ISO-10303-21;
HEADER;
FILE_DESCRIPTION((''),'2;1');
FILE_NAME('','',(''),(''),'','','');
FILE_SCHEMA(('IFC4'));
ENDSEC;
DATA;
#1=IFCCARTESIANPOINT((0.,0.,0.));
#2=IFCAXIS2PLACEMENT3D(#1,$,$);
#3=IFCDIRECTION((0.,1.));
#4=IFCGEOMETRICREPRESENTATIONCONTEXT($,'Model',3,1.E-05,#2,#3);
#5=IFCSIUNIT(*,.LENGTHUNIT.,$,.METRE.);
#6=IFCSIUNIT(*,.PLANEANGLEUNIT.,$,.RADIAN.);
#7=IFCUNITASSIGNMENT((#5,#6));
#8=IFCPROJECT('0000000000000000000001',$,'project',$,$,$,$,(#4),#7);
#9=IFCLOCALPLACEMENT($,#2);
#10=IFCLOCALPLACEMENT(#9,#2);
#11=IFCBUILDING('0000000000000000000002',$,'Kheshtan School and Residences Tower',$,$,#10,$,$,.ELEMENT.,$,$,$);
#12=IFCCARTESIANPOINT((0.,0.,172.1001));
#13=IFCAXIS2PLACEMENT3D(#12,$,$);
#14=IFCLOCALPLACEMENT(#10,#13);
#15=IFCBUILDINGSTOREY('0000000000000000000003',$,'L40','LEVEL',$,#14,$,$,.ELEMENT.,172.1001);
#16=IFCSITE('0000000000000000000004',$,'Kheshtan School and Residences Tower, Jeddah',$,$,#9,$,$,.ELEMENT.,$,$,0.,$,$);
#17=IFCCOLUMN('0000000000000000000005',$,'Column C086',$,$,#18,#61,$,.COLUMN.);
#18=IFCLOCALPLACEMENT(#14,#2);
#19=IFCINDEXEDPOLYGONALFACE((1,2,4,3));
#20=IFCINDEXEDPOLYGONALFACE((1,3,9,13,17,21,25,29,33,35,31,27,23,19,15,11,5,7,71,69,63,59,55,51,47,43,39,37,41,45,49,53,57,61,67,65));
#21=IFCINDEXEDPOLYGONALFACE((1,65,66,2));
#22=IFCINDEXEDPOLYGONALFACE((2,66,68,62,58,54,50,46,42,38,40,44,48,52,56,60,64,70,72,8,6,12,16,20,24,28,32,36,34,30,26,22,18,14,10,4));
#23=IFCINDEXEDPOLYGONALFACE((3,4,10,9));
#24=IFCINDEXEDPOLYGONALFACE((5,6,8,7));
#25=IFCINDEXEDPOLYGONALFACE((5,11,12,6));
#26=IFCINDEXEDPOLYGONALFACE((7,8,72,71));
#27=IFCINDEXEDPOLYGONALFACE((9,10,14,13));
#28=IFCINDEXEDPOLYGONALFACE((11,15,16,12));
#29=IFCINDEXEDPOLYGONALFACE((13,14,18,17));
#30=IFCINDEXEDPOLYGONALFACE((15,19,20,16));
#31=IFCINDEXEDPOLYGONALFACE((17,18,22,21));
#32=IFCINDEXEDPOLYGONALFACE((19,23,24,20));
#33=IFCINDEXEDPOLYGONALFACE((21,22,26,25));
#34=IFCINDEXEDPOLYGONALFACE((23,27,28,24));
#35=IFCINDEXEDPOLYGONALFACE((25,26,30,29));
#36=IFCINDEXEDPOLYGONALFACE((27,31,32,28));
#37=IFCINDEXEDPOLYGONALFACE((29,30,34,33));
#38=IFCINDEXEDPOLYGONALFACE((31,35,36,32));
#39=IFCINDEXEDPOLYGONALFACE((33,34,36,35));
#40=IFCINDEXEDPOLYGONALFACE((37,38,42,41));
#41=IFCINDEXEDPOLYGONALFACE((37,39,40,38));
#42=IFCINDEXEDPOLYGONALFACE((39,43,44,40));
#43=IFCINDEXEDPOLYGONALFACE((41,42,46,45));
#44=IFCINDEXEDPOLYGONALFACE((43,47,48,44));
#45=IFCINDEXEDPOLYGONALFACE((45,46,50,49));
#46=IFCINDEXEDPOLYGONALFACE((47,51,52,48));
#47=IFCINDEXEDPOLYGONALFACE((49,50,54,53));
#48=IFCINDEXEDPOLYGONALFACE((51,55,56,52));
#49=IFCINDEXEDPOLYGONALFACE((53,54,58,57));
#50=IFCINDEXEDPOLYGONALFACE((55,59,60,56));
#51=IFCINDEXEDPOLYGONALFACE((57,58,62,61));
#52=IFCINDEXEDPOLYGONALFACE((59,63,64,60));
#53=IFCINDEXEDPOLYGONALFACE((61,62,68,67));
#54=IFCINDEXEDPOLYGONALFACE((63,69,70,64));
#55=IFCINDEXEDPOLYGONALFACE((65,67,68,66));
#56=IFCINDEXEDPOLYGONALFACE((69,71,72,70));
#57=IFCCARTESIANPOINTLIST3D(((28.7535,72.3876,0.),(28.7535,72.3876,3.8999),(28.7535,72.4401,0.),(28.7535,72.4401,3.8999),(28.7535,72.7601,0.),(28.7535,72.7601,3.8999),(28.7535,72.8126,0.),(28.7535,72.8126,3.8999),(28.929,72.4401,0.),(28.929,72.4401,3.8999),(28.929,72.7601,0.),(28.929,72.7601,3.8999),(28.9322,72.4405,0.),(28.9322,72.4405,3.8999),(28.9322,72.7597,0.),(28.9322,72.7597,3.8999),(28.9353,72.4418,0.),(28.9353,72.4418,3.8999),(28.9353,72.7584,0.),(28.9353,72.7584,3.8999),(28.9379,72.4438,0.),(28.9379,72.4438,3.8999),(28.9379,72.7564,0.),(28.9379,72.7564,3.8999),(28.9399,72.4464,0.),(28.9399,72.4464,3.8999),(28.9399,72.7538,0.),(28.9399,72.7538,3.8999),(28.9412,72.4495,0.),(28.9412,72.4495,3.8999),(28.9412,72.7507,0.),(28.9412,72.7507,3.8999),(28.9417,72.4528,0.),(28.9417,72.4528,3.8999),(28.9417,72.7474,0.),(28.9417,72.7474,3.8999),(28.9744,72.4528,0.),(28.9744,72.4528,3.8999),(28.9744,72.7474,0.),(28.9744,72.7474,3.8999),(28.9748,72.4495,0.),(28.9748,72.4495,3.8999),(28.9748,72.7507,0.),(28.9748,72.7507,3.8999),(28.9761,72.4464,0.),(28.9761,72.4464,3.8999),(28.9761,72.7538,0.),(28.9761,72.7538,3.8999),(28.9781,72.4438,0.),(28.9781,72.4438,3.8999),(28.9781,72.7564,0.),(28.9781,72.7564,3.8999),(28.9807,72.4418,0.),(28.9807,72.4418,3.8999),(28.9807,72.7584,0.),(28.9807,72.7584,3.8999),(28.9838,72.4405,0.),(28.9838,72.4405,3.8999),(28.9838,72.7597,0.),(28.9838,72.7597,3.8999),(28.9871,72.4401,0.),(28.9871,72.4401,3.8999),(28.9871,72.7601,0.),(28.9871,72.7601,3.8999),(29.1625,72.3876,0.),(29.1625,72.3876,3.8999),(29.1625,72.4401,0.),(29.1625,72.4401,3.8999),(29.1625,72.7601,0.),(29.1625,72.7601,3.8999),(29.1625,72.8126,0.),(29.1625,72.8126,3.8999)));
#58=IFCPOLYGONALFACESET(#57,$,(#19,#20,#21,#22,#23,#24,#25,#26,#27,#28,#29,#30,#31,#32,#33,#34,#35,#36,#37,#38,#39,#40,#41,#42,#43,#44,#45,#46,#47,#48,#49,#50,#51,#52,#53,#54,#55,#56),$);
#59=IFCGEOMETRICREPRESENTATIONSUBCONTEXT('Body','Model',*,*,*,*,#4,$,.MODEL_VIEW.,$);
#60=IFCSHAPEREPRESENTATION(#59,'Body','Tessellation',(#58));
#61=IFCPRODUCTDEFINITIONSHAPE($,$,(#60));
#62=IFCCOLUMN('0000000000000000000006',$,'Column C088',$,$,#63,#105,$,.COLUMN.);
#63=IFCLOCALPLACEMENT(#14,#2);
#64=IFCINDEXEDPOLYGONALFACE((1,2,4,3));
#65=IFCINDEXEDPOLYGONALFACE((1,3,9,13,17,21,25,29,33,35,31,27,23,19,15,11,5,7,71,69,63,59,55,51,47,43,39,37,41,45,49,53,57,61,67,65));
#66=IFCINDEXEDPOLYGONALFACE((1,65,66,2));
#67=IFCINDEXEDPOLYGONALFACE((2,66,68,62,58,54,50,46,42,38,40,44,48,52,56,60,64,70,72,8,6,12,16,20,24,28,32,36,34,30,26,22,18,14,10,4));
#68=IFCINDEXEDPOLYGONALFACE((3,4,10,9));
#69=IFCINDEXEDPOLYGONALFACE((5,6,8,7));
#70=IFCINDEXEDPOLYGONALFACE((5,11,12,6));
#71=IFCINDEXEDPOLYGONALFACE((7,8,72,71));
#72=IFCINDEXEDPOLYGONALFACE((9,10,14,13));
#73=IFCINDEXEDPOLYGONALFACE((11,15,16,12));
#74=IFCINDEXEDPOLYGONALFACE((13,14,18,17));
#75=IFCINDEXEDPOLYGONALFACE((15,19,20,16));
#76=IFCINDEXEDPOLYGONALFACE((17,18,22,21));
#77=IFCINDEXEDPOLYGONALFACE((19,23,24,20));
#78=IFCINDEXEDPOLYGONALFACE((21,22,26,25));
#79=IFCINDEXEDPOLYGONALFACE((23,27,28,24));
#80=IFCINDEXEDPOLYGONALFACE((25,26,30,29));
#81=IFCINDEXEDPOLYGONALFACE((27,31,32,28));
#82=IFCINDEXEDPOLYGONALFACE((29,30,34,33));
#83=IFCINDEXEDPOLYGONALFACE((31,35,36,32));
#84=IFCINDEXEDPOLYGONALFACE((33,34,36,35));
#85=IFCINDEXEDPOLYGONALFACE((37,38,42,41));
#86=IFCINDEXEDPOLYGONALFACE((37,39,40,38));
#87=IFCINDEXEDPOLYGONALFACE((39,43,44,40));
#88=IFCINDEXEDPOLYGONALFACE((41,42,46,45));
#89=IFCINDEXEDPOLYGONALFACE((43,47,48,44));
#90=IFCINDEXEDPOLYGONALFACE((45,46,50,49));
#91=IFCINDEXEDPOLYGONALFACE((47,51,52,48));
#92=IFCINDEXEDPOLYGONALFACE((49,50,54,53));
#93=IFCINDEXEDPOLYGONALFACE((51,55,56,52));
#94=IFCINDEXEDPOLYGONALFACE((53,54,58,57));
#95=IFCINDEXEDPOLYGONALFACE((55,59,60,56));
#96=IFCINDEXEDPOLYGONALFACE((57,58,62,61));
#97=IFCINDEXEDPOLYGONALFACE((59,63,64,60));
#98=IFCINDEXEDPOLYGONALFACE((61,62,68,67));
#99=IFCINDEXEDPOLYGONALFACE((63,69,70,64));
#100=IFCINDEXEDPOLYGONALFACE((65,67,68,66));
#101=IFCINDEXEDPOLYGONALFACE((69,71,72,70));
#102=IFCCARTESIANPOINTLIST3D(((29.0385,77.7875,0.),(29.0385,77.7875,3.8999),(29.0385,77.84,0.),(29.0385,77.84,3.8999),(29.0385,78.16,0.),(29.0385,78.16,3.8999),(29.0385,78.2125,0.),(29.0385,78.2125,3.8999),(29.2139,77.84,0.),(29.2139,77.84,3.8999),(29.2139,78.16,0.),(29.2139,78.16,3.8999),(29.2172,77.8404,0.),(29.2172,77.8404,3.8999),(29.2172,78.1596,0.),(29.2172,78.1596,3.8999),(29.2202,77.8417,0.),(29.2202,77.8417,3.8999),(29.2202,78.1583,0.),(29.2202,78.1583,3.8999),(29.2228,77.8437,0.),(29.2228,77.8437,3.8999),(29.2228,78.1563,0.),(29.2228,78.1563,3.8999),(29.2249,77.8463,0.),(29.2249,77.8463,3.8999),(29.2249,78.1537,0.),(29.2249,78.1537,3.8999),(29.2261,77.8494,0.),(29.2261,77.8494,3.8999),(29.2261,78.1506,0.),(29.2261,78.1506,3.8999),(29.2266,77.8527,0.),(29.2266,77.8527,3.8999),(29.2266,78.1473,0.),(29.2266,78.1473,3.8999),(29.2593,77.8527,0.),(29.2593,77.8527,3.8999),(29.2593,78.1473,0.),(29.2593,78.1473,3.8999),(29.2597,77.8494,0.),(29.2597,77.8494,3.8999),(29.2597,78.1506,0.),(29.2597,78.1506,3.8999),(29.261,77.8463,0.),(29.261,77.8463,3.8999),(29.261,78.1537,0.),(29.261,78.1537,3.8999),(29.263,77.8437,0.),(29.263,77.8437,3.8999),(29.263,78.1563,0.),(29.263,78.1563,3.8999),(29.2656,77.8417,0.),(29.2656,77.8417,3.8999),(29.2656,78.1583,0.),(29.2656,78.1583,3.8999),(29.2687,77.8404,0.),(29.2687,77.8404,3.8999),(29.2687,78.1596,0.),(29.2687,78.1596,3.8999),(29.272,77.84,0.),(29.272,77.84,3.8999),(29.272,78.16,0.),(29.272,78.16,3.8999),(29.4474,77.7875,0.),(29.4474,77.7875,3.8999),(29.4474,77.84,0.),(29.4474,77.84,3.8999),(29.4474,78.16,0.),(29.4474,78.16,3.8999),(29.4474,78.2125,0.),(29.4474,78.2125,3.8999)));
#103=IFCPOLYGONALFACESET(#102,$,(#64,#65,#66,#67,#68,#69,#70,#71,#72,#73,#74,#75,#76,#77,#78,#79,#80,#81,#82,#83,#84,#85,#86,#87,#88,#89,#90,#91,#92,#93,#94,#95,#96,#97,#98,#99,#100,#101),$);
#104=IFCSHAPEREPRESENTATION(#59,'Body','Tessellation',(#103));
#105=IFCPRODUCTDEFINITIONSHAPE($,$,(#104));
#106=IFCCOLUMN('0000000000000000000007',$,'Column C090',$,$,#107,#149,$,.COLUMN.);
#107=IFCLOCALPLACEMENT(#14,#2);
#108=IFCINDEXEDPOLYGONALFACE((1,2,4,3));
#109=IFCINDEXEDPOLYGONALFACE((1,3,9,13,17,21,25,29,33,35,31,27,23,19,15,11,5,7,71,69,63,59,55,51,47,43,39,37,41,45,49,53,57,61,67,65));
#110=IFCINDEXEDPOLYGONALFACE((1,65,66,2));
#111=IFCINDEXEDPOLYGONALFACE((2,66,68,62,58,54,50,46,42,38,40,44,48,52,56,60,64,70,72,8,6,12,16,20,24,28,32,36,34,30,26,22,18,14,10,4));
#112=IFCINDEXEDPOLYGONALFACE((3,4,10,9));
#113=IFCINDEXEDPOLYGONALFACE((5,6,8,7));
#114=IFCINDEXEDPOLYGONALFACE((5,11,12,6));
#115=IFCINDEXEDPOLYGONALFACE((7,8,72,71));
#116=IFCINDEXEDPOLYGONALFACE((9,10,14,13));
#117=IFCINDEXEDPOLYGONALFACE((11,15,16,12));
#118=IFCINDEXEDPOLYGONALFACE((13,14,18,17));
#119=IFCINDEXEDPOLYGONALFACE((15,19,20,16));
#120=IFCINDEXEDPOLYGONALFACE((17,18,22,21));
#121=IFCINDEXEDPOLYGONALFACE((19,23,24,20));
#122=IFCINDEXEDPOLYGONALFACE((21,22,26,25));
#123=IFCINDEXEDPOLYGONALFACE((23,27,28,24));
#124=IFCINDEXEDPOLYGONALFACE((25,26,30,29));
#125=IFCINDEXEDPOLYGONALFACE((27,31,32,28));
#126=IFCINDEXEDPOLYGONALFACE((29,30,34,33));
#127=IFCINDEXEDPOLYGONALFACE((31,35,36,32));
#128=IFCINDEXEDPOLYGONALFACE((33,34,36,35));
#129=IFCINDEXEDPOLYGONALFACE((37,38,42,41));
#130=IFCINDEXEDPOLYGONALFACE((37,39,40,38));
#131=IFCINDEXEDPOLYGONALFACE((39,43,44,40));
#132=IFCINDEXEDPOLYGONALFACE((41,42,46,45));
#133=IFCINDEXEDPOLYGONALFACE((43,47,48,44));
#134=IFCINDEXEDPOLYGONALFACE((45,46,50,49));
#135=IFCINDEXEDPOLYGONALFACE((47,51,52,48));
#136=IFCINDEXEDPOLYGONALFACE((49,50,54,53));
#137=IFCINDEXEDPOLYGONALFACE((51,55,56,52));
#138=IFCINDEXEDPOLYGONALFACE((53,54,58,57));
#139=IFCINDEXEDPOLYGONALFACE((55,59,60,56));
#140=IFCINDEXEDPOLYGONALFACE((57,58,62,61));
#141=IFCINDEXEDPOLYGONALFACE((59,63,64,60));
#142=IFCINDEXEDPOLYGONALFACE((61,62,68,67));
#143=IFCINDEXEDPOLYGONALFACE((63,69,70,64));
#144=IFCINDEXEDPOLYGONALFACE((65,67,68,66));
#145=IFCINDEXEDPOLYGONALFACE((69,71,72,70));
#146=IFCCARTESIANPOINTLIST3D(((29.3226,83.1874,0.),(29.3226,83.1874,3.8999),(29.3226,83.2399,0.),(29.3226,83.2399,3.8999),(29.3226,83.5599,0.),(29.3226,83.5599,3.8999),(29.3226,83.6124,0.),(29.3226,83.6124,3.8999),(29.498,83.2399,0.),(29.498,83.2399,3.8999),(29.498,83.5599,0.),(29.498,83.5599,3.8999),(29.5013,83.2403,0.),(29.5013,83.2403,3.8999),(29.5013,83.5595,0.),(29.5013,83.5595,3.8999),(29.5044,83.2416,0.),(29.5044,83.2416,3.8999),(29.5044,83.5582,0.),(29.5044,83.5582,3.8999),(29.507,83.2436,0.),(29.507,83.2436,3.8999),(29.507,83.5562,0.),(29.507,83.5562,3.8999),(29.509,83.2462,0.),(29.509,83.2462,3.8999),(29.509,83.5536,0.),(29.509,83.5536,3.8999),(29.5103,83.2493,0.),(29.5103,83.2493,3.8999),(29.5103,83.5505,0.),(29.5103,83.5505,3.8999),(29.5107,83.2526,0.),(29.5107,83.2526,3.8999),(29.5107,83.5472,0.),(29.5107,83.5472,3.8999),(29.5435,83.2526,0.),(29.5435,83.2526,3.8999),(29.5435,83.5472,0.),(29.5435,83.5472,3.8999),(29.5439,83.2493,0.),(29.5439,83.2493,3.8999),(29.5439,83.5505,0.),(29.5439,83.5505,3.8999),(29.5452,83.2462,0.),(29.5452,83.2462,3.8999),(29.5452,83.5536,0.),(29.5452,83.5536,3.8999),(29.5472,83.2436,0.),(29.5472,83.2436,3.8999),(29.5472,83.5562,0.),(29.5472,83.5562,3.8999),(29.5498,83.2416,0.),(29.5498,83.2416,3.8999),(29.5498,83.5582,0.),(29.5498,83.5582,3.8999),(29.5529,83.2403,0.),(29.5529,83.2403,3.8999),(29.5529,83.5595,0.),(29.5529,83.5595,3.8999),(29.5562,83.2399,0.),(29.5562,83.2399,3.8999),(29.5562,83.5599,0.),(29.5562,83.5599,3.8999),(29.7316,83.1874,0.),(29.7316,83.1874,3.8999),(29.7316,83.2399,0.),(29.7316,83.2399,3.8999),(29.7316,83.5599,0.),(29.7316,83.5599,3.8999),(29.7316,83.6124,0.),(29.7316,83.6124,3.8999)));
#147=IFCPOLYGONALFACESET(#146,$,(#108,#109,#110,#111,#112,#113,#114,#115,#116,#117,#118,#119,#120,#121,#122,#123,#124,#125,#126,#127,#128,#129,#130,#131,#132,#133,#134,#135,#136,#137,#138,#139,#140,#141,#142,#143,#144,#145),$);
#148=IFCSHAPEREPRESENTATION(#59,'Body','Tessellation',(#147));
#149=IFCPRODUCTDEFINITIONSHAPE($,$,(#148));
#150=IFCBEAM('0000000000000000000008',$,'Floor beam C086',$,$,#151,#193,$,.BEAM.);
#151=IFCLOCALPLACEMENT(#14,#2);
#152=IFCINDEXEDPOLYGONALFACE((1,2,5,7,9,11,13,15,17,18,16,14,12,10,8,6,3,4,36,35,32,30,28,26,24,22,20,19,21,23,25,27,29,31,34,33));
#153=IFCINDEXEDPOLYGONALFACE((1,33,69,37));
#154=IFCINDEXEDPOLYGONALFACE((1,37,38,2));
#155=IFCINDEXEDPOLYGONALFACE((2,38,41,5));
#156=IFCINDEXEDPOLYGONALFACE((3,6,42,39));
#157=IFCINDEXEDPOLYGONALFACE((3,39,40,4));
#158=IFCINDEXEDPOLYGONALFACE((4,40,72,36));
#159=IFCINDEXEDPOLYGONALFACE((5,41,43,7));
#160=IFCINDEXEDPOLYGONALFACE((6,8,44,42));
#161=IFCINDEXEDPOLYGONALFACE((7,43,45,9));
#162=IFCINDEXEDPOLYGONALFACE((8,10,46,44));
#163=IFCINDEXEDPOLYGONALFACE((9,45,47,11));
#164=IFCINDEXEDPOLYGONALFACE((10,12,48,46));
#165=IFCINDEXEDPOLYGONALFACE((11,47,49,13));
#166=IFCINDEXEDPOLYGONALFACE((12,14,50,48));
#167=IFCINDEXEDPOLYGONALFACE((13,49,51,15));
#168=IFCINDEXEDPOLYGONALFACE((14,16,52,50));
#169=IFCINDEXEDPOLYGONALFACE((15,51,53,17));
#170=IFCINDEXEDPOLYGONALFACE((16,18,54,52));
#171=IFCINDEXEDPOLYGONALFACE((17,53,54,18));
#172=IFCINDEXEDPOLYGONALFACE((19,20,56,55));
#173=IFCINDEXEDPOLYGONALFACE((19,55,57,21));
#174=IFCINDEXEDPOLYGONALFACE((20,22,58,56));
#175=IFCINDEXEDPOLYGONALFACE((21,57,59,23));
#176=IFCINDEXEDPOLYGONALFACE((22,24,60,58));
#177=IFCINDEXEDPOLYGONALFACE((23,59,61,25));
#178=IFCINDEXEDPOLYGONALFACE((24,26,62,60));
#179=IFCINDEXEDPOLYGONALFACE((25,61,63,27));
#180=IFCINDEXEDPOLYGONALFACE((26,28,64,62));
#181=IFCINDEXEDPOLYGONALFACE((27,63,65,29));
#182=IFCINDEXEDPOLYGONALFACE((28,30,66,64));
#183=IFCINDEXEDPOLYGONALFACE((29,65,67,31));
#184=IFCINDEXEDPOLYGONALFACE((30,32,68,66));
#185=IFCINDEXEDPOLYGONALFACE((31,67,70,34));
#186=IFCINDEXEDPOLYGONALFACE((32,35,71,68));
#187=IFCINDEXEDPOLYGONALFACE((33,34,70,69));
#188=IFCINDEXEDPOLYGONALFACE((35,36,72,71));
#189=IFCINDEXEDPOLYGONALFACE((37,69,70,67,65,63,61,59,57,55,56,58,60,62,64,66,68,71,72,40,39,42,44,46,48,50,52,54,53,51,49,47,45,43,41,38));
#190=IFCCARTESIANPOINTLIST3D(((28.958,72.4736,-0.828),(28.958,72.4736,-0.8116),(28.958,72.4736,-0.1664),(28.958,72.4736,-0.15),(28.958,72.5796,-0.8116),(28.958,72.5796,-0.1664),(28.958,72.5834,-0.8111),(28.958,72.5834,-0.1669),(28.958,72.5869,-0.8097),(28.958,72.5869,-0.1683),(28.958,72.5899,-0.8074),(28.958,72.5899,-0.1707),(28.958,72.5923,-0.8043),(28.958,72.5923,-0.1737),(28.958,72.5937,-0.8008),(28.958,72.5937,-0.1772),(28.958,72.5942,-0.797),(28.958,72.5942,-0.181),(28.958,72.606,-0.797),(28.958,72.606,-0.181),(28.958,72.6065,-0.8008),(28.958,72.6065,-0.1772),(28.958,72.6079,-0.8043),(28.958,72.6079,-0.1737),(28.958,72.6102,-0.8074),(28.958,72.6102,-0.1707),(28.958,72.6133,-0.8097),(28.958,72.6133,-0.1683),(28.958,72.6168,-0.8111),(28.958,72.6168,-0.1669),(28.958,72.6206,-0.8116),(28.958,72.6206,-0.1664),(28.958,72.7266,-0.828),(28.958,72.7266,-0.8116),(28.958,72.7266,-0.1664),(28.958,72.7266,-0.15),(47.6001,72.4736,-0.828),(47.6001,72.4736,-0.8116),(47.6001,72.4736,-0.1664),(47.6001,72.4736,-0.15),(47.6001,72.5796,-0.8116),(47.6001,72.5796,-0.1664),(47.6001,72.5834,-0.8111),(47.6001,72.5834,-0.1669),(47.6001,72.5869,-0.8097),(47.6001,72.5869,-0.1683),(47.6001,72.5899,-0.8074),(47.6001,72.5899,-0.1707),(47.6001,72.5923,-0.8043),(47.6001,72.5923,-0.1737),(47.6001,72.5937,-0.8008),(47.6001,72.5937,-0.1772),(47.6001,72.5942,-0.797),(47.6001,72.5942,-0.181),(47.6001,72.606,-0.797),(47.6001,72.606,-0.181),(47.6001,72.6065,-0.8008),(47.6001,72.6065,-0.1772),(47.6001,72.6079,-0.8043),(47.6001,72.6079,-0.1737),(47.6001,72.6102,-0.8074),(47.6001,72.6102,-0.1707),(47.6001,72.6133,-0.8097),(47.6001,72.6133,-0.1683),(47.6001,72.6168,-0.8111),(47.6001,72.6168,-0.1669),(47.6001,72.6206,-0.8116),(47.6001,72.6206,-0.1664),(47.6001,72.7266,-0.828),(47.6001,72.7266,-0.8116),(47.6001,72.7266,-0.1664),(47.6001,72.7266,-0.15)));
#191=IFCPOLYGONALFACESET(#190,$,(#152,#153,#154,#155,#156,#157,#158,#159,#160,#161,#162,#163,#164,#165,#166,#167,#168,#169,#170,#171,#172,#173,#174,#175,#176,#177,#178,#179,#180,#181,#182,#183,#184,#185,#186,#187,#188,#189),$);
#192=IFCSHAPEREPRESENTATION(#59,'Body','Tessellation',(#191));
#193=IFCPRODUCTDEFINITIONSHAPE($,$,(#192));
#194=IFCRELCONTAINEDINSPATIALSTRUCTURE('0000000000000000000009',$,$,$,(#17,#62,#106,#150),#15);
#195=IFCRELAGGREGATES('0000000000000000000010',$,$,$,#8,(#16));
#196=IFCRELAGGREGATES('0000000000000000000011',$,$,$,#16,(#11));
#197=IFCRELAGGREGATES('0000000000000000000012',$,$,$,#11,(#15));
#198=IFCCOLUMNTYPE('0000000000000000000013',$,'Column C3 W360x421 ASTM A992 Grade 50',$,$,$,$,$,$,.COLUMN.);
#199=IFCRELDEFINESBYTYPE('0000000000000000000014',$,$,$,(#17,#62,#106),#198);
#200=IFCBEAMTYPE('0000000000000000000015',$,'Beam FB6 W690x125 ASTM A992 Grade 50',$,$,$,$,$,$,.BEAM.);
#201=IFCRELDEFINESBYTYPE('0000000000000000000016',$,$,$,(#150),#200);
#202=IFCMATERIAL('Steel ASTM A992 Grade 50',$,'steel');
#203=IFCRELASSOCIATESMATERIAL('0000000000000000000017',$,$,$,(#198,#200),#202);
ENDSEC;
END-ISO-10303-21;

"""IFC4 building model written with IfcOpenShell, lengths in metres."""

from ifc_helpers import new_model, si_unit, direction, frame, origin, origin_2d, place, context, subcontext, project, spatial, i_section, extrude, material, material_profile, profile_set, type_object, element, save


model = new_model("IFC4")

# Units and contexts
model_context = context("Model", 3, precision=1e-05, world=origin(), true_north=direction((0.0, 1.0)))
body_context = subcontext(model_context, "Body", "Model", "MODEL_VIEW")
ifc_project = project(units=[si_unit("LENGTHUNIT", "METRE"), si_unit("PLANEANGLEUNIT", "RADIAN")], contexts=[model_context])

# Site, building, storey
site_placement = place(None, origin())
site = spatial("IfcSite", under=ifc_project, at=site_placement, Name="Kheshtan School and Residences Tower, Jeddah", CompositionType="ELEMENT", RefElevation=0.0)
building_placement = place(site_placement, origin())
building = spatial("IfcBuilding", under=site, at=building_placement, Name="Kheshtan School and Residences Tower", CompositionType="ELEMENT")
storey_placement = place(building_placement, frame((0.0, 0.0, 172.1001)))
storey = spatial("IfcBuildingStorey", under=building, at=storey_placement, Name="L40", Description="LEVEL", CompositionType="ELEMENT", Elevation=172.1001)

# Columns
ifc_material_1 = material(Name="Steel ASTM A992 Grade 50", Category="steel")
ifc_material_profile_1 = material_profile(ifc_material_1, i_section(OverallWidth=0.4089, OverallDepth=0.425, WebThickness=0.0327, FlangeThickness=0.0525, FilletRadius=0.0127, at=origin_2d()), Name="W360x421")
ifc_profile_set_1 = profile_set([ifc_material_profile_1], Name="Steel ASTM A992 Grade 50")
column_type = type_object("IfcColumnType", Name="Column C3 W360x421 ASTM A992 Grade 50", PredefinedType="COLUMN", material=ifc_profile_set_1)
for number, where, z_axis, x_axis, name in (
    (1, (28.958, 72.6001, 0.0), (0.0, 0.0, 1.0), (1.0, 0.0, 0.0), "Column C086"),
    (2, (29.2429, 78.0, 0.0), (0.0, 0.0, 1.0), (1.0, 0.0, 0.0), "Column C088"),
    (3, (29.5271, 83.3999, 0.0), (0.0, 0.0, 1.0), (1.0, 0.0, 0.0), "Column C090"),
):
    element("IfcColumn", number, at=place(storey_placement, frame(where, z_axis=z_axis, x_axis=x_axis)), inside=storey, type_object=column_type, Name=name, PredefinedType="COLUMN", context=body_context, shape_type="SweptSolid", body=[
        extrude(i_section(OverallWidth=0.4089, OverallDepth=0.425, WebThickness=0.0327, FlangeThickness=0.0525, FilletRadius=0.0127, at=origin_2d()), origin(), (0.0, 0.0, 1.0), 3.8999),
    ])

# Beam
ifc_material_profile_2 = material_profile(ifc_material_1, i_section(OverallWidth=0.2529, OverallDepth=0.678, WebThickness=0.0117, FlangeThickness=0.0164, FilletRadius=0.0146, at=origin_2d()), Name="W690x125")
ifc_profile_set_2 = profile_set([ifc_material_profile_2], Name="Steel ASTM A992 Grade 50")
beam_type_1 = type_object("IfcBeamType", Name="Beam FB6 W690x125 ASTM A992 Grade 50", PredefinedType="BEAM", material=ifc_profile_set_2)
beam_1_placement = place(storey_placement, frame((28.958, 72.6001, -0.489), z_axis=(1.0, 0.0, 0.0), x_axis=(0.0, 1.0, 0.0)))
element("IfcBeam", 4, at=beam_1_placement, inside=storey, type_object=beam_type_1, Name="Floor beam C086", PredefinedType="BEAM", context=body_context, shape_type="SweptSolid", body=[
    extrude(i_section(OverallWidth=0.2529, OverallDepth=0.678, WebThickness=0.0117, FlangeThickness=0.0164, FilletRadius=0.0146, at=origin_2d()), origin(), (0.0, 0.0, 1.0), 18.6421),
])

save(model, "model.ifc")
